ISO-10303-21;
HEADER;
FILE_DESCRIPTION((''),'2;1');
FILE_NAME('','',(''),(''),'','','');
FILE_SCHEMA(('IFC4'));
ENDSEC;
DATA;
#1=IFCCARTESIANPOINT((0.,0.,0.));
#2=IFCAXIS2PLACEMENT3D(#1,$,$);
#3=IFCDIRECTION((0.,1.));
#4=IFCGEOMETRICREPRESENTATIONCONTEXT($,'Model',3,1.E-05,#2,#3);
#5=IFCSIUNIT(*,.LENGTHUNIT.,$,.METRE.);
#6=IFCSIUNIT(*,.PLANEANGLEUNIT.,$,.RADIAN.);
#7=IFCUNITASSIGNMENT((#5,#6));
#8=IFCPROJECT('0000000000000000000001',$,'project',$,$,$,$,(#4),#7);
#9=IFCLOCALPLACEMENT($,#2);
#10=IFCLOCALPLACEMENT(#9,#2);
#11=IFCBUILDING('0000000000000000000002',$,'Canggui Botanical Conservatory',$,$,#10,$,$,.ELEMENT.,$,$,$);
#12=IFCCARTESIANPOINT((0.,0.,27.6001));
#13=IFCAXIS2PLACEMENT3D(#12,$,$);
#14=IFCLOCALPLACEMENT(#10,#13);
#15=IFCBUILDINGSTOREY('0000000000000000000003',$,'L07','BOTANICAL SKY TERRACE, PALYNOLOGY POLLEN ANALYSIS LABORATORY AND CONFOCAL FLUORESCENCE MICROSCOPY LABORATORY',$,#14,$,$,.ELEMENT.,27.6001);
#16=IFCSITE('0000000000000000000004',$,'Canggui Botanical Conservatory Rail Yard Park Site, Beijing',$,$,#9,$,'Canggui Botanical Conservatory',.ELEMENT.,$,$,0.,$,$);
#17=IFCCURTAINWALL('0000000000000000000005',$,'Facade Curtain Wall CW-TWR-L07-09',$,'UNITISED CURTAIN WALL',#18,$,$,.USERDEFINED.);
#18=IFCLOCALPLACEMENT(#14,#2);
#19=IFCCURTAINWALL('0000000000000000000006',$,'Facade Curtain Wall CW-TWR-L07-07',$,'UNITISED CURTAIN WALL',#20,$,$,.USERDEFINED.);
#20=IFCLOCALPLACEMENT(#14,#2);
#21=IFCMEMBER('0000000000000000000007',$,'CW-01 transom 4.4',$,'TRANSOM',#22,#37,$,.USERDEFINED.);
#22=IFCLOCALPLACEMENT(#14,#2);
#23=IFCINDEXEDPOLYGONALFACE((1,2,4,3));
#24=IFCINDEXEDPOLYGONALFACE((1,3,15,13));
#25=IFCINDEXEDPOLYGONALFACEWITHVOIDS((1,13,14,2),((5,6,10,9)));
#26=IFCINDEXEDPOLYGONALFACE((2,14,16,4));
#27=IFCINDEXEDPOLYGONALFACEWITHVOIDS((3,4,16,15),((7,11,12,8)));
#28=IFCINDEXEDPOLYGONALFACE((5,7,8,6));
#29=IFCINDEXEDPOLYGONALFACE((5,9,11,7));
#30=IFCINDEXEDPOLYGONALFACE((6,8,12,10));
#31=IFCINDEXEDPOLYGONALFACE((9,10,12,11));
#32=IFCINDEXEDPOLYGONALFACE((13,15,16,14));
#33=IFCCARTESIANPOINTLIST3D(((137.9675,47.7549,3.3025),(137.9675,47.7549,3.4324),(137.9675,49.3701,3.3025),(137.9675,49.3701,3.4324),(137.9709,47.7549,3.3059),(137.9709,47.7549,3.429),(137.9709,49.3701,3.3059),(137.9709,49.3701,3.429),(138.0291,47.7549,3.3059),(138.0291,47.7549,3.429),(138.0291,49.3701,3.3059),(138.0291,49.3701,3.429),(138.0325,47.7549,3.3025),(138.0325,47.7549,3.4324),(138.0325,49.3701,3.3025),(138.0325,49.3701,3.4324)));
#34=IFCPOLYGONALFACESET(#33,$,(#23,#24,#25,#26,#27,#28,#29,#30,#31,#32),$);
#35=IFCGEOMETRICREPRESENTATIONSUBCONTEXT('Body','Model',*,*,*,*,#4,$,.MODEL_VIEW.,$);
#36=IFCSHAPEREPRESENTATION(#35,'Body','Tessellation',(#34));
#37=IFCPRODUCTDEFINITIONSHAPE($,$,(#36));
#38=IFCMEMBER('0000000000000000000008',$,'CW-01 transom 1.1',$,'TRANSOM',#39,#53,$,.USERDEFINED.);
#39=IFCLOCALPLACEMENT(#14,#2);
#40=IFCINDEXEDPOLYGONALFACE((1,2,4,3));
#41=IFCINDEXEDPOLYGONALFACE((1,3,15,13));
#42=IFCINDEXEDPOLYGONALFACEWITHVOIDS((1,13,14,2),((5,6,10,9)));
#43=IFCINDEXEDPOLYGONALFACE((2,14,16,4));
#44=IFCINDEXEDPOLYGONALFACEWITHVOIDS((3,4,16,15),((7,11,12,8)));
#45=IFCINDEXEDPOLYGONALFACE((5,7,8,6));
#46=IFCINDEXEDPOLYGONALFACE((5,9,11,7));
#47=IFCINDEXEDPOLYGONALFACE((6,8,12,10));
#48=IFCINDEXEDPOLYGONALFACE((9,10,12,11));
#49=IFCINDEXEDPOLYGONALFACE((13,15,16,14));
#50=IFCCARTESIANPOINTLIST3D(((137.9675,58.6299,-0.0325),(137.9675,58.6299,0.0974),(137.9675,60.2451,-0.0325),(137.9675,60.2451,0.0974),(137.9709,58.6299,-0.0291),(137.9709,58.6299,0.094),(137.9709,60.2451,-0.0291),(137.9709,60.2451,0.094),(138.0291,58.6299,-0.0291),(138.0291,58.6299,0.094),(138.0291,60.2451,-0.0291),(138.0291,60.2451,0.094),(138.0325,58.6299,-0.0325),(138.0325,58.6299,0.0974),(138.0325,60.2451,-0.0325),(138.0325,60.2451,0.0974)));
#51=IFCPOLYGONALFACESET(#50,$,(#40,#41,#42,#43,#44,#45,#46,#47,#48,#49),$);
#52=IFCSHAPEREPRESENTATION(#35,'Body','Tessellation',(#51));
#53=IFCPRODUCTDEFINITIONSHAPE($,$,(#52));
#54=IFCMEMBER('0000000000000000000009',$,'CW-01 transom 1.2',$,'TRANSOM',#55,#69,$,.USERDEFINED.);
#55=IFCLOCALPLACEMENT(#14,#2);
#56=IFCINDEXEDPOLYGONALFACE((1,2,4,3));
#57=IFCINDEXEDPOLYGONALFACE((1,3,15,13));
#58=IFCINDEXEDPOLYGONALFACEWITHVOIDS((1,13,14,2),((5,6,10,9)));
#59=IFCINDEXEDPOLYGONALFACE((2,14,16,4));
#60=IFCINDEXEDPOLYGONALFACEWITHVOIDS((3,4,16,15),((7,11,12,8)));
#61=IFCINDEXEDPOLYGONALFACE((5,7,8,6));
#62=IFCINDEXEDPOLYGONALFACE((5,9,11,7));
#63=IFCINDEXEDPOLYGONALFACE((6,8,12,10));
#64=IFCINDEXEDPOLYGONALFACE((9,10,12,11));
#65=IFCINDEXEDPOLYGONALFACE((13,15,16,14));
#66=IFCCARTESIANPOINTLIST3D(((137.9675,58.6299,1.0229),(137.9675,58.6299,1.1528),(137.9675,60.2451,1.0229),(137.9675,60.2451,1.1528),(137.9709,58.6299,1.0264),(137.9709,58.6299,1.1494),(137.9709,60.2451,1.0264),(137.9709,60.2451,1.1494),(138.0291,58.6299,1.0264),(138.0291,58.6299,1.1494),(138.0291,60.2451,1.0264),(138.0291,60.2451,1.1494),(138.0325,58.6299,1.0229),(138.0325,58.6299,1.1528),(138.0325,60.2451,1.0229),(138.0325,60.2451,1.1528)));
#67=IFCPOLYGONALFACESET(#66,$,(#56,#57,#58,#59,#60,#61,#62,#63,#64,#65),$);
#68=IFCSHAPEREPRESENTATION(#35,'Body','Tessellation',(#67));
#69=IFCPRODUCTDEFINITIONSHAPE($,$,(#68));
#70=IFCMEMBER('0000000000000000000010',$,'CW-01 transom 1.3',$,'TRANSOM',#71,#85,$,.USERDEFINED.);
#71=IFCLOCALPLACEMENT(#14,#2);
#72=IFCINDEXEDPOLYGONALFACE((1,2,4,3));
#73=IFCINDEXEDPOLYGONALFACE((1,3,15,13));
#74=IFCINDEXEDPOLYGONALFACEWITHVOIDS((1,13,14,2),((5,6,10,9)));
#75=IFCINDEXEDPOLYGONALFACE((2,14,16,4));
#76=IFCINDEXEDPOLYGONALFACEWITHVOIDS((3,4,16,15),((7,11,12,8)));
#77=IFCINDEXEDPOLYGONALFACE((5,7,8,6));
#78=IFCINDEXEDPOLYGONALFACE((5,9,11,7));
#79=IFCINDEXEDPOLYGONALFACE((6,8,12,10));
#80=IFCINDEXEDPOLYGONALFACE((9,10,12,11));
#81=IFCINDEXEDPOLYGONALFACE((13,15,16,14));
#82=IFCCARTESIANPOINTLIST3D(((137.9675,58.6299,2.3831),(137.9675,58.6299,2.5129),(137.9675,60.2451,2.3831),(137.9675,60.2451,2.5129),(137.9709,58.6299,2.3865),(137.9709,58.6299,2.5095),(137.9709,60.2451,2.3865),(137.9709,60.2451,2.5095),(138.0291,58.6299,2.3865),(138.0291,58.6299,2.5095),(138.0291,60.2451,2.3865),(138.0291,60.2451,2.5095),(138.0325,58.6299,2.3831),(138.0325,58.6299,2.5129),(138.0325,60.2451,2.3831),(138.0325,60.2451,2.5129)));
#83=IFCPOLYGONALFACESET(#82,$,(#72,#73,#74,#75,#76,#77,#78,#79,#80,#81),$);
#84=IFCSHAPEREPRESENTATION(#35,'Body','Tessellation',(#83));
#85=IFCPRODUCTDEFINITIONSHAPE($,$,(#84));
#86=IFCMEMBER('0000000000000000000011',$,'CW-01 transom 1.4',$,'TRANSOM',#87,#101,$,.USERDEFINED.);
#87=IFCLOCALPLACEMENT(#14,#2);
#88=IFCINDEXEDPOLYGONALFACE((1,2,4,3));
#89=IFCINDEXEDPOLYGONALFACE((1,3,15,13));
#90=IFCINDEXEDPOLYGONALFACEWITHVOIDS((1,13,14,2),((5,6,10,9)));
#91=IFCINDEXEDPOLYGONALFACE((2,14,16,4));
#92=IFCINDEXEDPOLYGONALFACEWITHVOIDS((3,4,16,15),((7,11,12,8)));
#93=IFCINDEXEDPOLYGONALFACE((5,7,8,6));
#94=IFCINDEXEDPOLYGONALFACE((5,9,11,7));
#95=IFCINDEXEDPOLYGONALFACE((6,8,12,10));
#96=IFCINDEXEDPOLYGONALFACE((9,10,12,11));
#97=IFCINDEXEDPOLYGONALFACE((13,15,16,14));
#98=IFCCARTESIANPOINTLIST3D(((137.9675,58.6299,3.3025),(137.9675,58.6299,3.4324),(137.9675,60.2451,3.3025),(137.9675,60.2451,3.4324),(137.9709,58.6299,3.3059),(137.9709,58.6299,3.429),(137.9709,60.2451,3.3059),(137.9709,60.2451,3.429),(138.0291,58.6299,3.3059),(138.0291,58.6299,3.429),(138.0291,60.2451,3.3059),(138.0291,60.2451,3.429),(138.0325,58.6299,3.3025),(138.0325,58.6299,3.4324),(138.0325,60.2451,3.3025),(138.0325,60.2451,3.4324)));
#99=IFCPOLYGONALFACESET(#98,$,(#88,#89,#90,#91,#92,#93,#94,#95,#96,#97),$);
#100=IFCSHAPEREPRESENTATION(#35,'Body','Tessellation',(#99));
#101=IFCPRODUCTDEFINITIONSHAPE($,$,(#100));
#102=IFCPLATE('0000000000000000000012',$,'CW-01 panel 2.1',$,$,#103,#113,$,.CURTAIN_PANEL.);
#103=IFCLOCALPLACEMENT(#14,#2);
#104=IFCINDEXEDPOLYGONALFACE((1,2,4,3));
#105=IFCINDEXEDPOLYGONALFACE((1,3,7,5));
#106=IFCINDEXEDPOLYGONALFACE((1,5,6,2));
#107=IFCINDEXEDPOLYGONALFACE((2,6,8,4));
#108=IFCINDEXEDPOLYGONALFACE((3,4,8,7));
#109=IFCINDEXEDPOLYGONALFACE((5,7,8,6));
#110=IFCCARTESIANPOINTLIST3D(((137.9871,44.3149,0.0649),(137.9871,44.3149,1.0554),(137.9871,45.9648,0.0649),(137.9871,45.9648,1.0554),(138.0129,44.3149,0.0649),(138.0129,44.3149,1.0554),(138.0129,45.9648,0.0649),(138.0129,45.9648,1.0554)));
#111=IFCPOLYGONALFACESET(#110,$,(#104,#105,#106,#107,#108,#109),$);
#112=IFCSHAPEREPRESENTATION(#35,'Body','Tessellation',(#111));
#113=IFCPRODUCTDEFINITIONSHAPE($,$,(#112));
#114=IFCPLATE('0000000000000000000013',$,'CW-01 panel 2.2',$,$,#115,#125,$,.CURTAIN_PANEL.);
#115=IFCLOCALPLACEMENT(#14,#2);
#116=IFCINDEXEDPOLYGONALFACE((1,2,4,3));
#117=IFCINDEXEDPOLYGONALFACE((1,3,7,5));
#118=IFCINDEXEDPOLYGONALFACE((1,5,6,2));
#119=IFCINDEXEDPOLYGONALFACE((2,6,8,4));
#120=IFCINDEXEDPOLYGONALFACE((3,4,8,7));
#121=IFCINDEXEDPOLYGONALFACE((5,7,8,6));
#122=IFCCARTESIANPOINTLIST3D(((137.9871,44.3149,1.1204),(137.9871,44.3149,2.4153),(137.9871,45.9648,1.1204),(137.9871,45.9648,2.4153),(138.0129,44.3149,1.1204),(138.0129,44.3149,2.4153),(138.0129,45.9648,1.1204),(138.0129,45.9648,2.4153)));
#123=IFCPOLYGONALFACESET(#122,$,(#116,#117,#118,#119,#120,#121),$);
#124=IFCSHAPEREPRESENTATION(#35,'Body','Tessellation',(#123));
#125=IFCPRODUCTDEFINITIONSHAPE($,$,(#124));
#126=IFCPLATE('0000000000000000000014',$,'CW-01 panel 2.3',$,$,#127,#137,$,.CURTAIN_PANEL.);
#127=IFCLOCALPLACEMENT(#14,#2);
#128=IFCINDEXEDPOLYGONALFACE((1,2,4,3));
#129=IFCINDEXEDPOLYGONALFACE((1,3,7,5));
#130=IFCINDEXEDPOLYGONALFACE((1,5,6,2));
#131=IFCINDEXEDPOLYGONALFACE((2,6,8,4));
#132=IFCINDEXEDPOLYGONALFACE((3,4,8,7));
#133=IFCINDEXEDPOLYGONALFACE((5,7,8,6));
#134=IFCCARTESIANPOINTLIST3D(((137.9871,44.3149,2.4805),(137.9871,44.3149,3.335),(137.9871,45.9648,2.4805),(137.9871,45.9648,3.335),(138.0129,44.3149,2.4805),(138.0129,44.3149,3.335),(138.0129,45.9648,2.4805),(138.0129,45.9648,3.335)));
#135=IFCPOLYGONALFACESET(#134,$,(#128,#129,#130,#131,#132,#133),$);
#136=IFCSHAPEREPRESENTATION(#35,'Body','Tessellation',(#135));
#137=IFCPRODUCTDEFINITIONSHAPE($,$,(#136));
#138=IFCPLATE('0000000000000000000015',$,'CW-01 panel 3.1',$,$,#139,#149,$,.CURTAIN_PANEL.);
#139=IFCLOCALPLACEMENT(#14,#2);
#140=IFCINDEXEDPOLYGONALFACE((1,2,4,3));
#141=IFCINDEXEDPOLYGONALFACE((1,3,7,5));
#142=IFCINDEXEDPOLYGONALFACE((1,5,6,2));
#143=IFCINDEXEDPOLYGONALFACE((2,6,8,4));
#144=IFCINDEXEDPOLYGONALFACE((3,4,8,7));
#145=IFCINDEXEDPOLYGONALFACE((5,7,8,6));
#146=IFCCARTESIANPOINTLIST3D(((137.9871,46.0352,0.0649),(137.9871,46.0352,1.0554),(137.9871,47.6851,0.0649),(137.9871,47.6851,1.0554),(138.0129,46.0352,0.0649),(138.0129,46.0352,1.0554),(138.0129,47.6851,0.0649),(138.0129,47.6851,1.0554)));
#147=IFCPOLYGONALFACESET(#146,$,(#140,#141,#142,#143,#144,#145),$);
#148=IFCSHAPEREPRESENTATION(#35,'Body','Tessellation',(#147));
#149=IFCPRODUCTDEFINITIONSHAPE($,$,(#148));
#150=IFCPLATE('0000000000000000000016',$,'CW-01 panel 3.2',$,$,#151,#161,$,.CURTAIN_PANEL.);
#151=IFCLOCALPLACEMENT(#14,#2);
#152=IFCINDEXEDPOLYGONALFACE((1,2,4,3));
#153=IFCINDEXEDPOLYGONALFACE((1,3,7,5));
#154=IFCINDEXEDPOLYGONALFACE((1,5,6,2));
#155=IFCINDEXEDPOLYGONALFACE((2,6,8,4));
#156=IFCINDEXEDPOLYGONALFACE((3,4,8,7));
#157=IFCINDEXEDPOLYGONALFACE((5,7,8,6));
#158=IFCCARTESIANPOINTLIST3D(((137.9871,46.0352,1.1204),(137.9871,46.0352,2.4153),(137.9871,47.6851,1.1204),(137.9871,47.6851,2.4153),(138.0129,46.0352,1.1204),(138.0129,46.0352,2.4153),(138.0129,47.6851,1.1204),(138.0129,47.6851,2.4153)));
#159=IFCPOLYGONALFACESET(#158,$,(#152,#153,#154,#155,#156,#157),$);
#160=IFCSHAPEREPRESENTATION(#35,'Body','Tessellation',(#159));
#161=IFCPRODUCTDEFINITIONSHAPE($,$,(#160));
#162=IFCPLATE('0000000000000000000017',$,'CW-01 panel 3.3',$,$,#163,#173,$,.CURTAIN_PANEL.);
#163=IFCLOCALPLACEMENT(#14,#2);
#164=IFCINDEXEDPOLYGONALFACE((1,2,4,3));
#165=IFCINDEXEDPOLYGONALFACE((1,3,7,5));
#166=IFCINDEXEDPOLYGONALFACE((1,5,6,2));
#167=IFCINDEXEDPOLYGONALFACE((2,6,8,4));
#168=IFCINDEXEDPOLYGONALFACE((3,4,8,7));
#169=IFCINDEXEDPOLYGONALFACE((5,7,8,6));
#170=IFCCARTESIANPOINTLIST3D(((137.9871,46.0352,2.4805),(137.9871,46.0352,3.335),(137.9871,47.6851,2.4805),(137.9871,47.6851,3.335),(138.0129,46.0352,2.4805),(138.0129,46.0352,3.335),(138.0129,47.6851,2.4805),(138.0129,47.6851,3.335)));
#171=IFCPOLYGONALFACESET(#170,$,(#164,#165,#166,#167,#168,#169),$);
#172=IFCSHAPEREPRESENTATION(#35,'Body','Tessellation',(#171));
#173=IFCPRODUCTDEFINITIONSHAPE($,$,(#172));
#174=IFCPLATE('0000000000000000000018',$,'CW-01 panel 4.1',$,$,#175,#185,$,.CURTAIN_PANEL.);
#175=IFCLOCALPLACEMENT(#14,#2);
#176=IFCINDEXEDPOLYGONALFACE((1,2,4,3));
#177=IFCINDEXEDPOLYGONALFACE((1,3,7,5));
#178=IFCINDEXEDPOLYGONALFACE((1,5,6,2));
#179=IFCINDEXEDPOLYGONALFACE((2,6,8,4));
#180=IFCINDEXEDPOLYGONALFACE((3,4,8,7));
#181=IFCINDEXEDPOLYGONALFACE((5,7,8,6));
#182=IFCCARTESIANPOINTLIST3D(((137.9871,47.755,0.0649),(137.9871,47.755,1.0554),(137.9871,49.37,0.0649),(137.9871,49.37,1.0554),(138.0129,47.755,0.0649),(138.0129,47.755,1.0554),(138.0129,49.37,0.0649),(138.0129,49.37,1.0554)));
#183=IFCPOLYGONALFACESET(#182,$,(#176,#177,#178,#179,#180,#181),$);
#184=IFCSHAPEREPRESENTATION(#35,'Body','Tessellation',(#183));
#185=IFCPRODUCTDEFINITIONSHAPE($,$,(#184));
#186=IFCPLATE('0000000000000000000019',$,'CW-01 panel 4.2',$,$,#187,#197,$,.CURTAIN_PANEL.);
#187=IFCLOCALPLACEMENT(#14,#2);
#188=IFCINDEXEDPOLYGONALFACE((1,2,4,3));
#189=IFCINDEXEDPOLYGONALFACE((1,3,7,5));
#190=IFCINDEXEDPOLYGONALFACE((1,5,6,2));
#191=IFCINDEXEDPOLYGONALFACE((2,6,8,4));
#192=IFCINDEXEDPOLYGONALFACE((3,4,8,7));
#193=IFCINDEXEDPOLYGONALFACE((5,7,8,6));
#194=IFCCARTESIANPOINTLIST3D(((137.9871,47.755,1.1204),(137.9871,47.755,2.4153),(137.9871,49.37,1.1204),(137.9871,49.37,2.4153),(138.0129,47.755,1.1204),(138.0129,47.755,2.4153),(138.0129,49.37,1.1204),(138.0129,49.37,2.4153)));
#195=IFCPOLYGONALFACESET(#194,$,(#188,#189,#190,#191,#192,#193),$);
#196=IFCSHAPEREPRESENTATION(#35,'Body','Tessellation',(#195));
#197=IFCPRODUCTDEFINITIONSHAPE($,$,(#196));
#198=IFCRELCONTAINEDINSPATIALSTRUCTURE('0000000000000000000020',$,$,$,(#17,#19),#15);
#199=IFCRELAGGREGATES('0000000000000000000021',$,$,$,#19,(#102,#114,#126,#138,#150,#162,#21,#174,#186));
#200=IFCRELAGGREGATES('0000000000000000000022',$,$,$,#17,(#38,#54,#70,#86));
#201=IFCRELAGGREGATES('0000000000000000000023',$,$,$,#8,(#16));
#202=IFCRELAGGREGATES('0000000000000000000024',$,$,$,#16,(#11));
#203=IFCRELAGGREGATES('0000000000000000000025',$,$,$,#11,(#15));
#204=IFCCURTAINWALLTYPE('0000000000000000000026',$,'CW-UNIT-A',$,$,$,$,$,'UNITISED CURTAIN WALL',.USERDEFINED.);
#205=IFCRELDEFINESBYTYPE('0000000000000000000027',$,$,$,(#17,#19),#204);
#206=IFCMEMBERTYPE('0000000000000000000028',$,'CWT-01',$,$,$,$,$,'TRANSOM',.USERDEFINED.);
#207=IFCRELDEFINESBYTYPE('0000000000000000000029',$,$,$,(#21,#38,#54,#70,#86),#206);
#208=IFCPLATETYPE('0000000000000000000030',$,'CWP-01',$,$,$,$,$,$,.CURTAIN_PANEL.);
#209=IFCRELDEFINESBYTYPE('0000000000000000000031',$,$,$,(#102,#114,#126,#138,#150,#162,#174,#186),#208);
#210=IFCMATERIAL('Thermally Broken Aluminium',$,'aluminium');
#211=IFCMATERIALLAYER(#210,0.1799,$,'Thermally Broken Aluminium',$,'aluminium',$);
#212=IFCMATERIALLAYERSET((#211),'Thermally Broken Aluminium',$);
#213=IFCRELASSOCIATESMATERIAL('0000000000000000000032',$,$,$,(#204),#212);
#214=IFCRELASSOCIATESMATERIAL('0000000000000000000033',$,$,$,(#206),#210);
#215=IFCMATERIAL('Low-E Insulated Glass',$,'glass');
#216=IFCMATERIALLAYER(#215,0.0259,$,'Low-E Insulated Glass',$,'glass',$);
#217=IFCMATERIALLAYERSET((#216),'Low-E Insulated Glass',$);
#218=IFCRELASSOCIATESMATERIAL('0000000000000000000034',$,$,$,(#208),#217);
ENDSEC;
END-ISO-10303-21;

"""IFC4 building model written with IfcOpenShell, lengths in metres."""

from ifc_helpers import new_model, si_unit, direction, frame, origin, origin_2d, place, context, subcontext, project, spatial, rectangle, hollow_rectangle, extrude, material, layer, layer_set, material_profile, profile_set, type_object, element, aggregate, save


model = new_model("IFC4")

# Units and contexts
model_context = context("Model", 3, precision=1e-05, world=origin(), true_north=direction((0.0, 1.0)))
body_context = subcontext(model_context, "Body", "Model", "MODEL_VIEW")
ifc_project = project(units=[si_unit("LENGTHUNIT", "METRE"), si_unit("PLANEANGLEUNIT", "RADIAN")], contexts=[model_context])

# Site, building, storey
site_placement = place(None, origin())
site = spatial("IfcSite", under=ifc_project, at=site_placement, Name="Canggui Botanical Conservatory Rail Yard Park Site, Beijing", LongName="Canggui Botanical Conservatory", CompositionType="ELEMENT", RefElevation=0.0)
building_placement = place(site_placement, origin())
building = spatial("IfcBuilding", under=site, at=building_placement, Name="Canggui Botanical Conservatory", CompositionType="ELEMENT")
storey_placement = place(building_placement, frame((0.0, 0.0, 27.6001)))
storey = spatial("IfcBuildingStorey", under=building, at=storey_placement, Name="L07", Description="BOTANICAL SKY TERRACE, PALYNOLOGY POLLEN ANALYSIS LABORATORY AND CONFOCAL FLUORESCENCE MICROSCOPY LABORATORY", CompositionType="ELEMENT", Elevation=27.6001)

# Curtain wall
ifc_material_1 = material(Name="Thermally Broken Aluminium", Category="aluminium")
ifc_layer_1 = layer(ifc_material_1, 0.1799, Name="Thermally Broken Aluminium", Category="aluminium")
ifc_layer_set_1 = layer_set([ifc_layer_1], Name="Thermally Broken Aluminium")
curtain_wall_type = type_object("IfcCurtainWallType", Name="CW-UNIT-A", ElementType="UNITISED CURTAIN WALL", PredefinedType="USERDEFINED", material=ifc_layer_set_1)
curtain_wall_1_placement = place(storey_placement, origin())
curtain_wall_1 = element("IfcCurtainWall", 1, at=curtain_wall_1_placement, inside=storey, type_object=curtain_wall_type, Name="Facade Curtain Wall CW-TWR-L07-09", ObjectType="UNITISED CURTAIN WALL", PredefinedType="USERDEFINED")

# Curtain wall, member
curtain_wall_2_placement = place(storey_placement, origin())
curtain_wall_2 = element("IfcCurtainWall", 2, at=curtain_wall_2_placement, inside=storey, type_object=curtain_wall_type, Name="Facade Curtain Wall CW-TWR-L07-07", ObjectType="UNITISED CURTAIN WALL", PredefinedType="USERDEFINED")
ifc_material_profile_1 = material_profile(ifc_material_1, hollow_rectangle(XDim=0.0649, YDim=0.1299, WallThickness=0.0034, at=origin_2d()), Name="CWT 65x130x3.5")
ifc_profile_set_1 = profile_set([ifc_material_profile_1], Name="Thermally Broken Aluminium")
member_type_1 = type_object("IfcMemberType", Name="CWT-01", ElementType="TRANSOM", PredefinedType="USERDEFINED", material=ifc_profile_set_1)
member_1_placement = place(storey_placement, frame((138.0, 47.7549, 3.3674), z_axis=(0.0, 1.0, 0.0), x_axis=(-1.0, 0.0, 0.0)))
member_1 = element("IfcMember", 3, at=member_1_placement, type_object=member_type_1, Name="CW-01 transom 4.4", ObjectType="TRANSOM", PredefinedType="USERDEFINED", context=body_context, shape_type="SweptSolid", body=[
    extrude(hollow_rectangle(XDim=0.0649, YDim=0.1299, WallThickness=0.0034, at=origin_2d()), origin(), (0.0, 0.0, 1.0), 1.6152),
])

# Members
member_2_placement = place(storey_placement, frame((138.0, 58.6299, 0.0325), z_axis=(0.0, 1.0, 0.0), x_axis=(-1.0, 0.0, 0.0)))
member_2 = element("IfcMember", 4, at=member_2_placement, type_object=member_type_1, Name="CW-01 transom 1.1", ObjectType="TRANSOM", PredefinedType="USERDEFINED", context=body_context, shape_type="SweptSolid", body=[
    extrude(hollow_rectangle(XDim=0.0649, YDim=0.1299, WallThickness=0.0034, at=origin_2d()), origin(), (0.0, 0.0, 1.0), 1.6152),
])
member_3_placement = place(storey_placement, frame((138.0, 58.6299, 1.0879), z_axis=(0.0, 1.0, 0.0), x_axis=(-1.0, 0.0, 0.0)))
member_3 = element("IfcMember", 5, at=member_3_placement, type_object=member_type_1, Name="CW-01 transom 1.2", ObjectType="TRANSOM", PredefinedType="USERDEFINED", context=body_context, shape_type="SweptSolid", body=[
    extrude(hollow_rectangle(XDim=0.0649, YDim=0.1299, WallThickness=0.0034, at=origin_2d()), origin(), (0.0, 0.0, 1.0), 1.6152),
])
member_4_placement = place(storey_placement, frame((138.0, 58.6299, 2.448), z_axis=(0.0, 1.0, 0.0), x_axis=(-1.0, 0.0, 0.0)))
member_4 = element("IfcMember", 6, at=member_4_placement, type_object=member_type_1, Name="CW-01 transom 1.3", ObjectType="TRANSOM", PredefinedType="USERDEFINED", context=body_context, shape_type="SweptSolid", body=[
    extrude(hollow_rectangle(XDim=0.0649, YDim=0.1299, WallThickness=0.0034, at=origin_2d()), origin(), (0.0, 0.0, 1.0), 1.6152),
])
member_5_placement = place(storey_placement, frame((138.0, 58.6299, 3.3674), z_axis=(0.0, 1.0, 0.0), x_axis=(-1.0, 0.0, 0.0)))
member_5 = element("IfcMember", 7, at=member_5_placement, type_object=member_type_1, Name="CW-01 transom 1.4", ObjectType="TRANSOM", PredefinedType="USERDEFINED", context=body_context, shape_type="SweptSolid", body=[
    extrude(hollow_rectangle(XDim=0.0649, YDim=0.1299, WallThickness=0.0034, at=origin_2d()), origin(), (0.0, 0.0, 1.0), 1.6152),
])

# Plates
ifc_material_2 = material(Name="Low-E Insulated Glass", Category="glass")
ifc_layer_2 = layer(ifc_material_2, 0.0259, Name="Low-E Insulated Glass", Category="glass")
ifc_layer_set_2 = layer_set([ifc_layer_2], Name="Low-E Insulated Glass")
plate_type = type_object("IfcPlateType", Name="CWP-01", PredefinedType="CURTAIN_PANEL", material=ifc_layer_set_2)
plate_1_placement = place(storey_placement, frame((138.0, 45.1399, 0.0649), z_axis=(0.0, 0.0, 1.0), x_axis=(0.0, 1.0, 0.0)))
plate_1 = element("IfcPlate", 8, at=plate_1_placement, type_object=plate_type, Name="CW-01 panel 2.1", PredefinedType="CURTAIN_PANEL", context=body_context, shape_type="SweptSolid", body=[
    extrude(rectangle(XDim=1.6499, YDim=0.0259, at=origin_2d()), origin(), (0.0, 0.0, 1.0), 0.9905),
])
plate_2_placement = place(storey_placement, frame((138.0, 45.1399, 1.1204), z_axis=(0.0, 0.0, 1.0), x_axis=(0.0, 1.0, 0.0)))
plate_2 = element("IfcPlate", 9, at=plate_2_placement, type_object=plate_type, Name="CW-01 panel 2.2", PredefinedType="CURTAIN_PANEL", context=body_context, shape_type="SweptSolid", body=[
    extrude(rectangle(XDim=1.6499, YDim=0.0259, at=origin_2d()), origin(), (0.0, 0.0, 1.0), 1.2949),
])
plate_3_placement = place(storey_placement, frame((138.0, 45.1399, 2.4805), z_axis=(0.0, 0.0, 1.0), x_axis=(0.0, 1.0, 0.0)))
plate_3 = element("IfcPlate", 10, at=plate_3_placement, type_object=plate_type, Name="CW-01 panel 2.3", PredefinedType="CURTAIN_PANEL", context=body_context, shape_type="SweptSolid", body=[
    extrude(rectangle(XDim=1.6499, YDim=0.0259, at=origin_2d()), origin(), (0.0, 0.0, 1.0), 0.8545),
])
plate_4_placement = place(storey_placement, frame((138.0, 46.8601, 0.0649), z_axis=(0.0, 0.0, 1.0), x_axis=(0.0, 1.0, 0.0)))
plate_4 = element("IfcPlate", 11, at=plate_4_placement, type_object=plate_type, Name="CW-01 panel 3.1", PredefinedType="CURTAIN_PANEL", context=body_context, shape_type="SweptSolid", body=[
    extrude(rectangle(XDim=1.6499, YDim=0.0259, at=origin_2d()), origin(), (0.0, 0.0, 1.0), 0.9905),
])
plate_5_placement = place(storey_placement, frame((138.0, 46.8601, 1.1204), z_axis=(0.0, 0.0, 1.0), x_axis=(0.0, 1.0, 0.0)))
plate_5 = element("IfcPlate", 12, at=plate_5_placement, type_object=plate_type, Name="CW-01 panel 3.2", PredefinedType="CURTAIN_PANEL", context=body_context, shape_type="SweptSolid", body=[
    extrude(rectangle(XDim=1.6499, YDim=0.0259, at=origin_2d()), origin(), (0.0, 0.0, 1.0), 1.2949),
])
plate_6_placement = place(storey_placement, frame((138.0, 46.8601, 2.4805), z_axis=(0.0, 0.0, 1.0), x_axis=(0.0, 1.0, 0.0)))
plate_6 = element("IfcPlate", 13, at=plate_6_placement, type_object=plate_type, Name="CW-01 panel 3.3", PredefinedType="CURTAIN_PANEL", context=body_context, shape_type="SweptSolid", body=[
    extrude(rectangle(XDim=1.6499, YDim=0.0259, at=origin_2d()), origin(), (0.0, 0.0, 1.0), 0.8545),
])
plate_7_placement = place(storey_placement, frame((138.0, 48.5625, 0.0649), z_axis=(0.0, 0.0, 1.0), x_axis=(0.0, 1.0, 0.0)))
plate_7 = element("IfcPlate", 14, at=plate_7_placement, type_object=plate_type, Name="CW-01 panel 4.1", PredefinedType="CURTAIN_PANEL", context=body_context, shape_type="SweptSolid", body=[
    extrude(rectangle(XDim=1.615, YDim=0.0259, at=origin_2d()), origin(), (0.0, 0.0, 1.0), 0.9905),
])
plate_8_placement = place(storey_placement, frame((138.0, 48.5625, 1.1204), z_axis=(0.0, 0.0, 1.0), x_axis=(0.0, 1.0, 0.0)))
plate_8 = element("IfcPlate", 15, at=plate_8_placement, type_object=plate_type, Name="CW-01 panel 4.2", PredefinedType="CURTAIN_PANEL", context=body_context, shape_type="SweptSolid", body=[
    extrude(rectangle(XDim=1.615, YDim=0.0259, at=origin_2d()), origin(), (0.0, 0.0, 1.0), 1.2949),
])
aggregate(curtain_wall_2, [plate_1, plate_2, plate_3, plate_4, plate_5, plate_6, member_1, plate_7, plate_8])
aggregate(curtain_wall_1, [member_2, member_3, member_4, member_5])

save(model, "model.ifc")
